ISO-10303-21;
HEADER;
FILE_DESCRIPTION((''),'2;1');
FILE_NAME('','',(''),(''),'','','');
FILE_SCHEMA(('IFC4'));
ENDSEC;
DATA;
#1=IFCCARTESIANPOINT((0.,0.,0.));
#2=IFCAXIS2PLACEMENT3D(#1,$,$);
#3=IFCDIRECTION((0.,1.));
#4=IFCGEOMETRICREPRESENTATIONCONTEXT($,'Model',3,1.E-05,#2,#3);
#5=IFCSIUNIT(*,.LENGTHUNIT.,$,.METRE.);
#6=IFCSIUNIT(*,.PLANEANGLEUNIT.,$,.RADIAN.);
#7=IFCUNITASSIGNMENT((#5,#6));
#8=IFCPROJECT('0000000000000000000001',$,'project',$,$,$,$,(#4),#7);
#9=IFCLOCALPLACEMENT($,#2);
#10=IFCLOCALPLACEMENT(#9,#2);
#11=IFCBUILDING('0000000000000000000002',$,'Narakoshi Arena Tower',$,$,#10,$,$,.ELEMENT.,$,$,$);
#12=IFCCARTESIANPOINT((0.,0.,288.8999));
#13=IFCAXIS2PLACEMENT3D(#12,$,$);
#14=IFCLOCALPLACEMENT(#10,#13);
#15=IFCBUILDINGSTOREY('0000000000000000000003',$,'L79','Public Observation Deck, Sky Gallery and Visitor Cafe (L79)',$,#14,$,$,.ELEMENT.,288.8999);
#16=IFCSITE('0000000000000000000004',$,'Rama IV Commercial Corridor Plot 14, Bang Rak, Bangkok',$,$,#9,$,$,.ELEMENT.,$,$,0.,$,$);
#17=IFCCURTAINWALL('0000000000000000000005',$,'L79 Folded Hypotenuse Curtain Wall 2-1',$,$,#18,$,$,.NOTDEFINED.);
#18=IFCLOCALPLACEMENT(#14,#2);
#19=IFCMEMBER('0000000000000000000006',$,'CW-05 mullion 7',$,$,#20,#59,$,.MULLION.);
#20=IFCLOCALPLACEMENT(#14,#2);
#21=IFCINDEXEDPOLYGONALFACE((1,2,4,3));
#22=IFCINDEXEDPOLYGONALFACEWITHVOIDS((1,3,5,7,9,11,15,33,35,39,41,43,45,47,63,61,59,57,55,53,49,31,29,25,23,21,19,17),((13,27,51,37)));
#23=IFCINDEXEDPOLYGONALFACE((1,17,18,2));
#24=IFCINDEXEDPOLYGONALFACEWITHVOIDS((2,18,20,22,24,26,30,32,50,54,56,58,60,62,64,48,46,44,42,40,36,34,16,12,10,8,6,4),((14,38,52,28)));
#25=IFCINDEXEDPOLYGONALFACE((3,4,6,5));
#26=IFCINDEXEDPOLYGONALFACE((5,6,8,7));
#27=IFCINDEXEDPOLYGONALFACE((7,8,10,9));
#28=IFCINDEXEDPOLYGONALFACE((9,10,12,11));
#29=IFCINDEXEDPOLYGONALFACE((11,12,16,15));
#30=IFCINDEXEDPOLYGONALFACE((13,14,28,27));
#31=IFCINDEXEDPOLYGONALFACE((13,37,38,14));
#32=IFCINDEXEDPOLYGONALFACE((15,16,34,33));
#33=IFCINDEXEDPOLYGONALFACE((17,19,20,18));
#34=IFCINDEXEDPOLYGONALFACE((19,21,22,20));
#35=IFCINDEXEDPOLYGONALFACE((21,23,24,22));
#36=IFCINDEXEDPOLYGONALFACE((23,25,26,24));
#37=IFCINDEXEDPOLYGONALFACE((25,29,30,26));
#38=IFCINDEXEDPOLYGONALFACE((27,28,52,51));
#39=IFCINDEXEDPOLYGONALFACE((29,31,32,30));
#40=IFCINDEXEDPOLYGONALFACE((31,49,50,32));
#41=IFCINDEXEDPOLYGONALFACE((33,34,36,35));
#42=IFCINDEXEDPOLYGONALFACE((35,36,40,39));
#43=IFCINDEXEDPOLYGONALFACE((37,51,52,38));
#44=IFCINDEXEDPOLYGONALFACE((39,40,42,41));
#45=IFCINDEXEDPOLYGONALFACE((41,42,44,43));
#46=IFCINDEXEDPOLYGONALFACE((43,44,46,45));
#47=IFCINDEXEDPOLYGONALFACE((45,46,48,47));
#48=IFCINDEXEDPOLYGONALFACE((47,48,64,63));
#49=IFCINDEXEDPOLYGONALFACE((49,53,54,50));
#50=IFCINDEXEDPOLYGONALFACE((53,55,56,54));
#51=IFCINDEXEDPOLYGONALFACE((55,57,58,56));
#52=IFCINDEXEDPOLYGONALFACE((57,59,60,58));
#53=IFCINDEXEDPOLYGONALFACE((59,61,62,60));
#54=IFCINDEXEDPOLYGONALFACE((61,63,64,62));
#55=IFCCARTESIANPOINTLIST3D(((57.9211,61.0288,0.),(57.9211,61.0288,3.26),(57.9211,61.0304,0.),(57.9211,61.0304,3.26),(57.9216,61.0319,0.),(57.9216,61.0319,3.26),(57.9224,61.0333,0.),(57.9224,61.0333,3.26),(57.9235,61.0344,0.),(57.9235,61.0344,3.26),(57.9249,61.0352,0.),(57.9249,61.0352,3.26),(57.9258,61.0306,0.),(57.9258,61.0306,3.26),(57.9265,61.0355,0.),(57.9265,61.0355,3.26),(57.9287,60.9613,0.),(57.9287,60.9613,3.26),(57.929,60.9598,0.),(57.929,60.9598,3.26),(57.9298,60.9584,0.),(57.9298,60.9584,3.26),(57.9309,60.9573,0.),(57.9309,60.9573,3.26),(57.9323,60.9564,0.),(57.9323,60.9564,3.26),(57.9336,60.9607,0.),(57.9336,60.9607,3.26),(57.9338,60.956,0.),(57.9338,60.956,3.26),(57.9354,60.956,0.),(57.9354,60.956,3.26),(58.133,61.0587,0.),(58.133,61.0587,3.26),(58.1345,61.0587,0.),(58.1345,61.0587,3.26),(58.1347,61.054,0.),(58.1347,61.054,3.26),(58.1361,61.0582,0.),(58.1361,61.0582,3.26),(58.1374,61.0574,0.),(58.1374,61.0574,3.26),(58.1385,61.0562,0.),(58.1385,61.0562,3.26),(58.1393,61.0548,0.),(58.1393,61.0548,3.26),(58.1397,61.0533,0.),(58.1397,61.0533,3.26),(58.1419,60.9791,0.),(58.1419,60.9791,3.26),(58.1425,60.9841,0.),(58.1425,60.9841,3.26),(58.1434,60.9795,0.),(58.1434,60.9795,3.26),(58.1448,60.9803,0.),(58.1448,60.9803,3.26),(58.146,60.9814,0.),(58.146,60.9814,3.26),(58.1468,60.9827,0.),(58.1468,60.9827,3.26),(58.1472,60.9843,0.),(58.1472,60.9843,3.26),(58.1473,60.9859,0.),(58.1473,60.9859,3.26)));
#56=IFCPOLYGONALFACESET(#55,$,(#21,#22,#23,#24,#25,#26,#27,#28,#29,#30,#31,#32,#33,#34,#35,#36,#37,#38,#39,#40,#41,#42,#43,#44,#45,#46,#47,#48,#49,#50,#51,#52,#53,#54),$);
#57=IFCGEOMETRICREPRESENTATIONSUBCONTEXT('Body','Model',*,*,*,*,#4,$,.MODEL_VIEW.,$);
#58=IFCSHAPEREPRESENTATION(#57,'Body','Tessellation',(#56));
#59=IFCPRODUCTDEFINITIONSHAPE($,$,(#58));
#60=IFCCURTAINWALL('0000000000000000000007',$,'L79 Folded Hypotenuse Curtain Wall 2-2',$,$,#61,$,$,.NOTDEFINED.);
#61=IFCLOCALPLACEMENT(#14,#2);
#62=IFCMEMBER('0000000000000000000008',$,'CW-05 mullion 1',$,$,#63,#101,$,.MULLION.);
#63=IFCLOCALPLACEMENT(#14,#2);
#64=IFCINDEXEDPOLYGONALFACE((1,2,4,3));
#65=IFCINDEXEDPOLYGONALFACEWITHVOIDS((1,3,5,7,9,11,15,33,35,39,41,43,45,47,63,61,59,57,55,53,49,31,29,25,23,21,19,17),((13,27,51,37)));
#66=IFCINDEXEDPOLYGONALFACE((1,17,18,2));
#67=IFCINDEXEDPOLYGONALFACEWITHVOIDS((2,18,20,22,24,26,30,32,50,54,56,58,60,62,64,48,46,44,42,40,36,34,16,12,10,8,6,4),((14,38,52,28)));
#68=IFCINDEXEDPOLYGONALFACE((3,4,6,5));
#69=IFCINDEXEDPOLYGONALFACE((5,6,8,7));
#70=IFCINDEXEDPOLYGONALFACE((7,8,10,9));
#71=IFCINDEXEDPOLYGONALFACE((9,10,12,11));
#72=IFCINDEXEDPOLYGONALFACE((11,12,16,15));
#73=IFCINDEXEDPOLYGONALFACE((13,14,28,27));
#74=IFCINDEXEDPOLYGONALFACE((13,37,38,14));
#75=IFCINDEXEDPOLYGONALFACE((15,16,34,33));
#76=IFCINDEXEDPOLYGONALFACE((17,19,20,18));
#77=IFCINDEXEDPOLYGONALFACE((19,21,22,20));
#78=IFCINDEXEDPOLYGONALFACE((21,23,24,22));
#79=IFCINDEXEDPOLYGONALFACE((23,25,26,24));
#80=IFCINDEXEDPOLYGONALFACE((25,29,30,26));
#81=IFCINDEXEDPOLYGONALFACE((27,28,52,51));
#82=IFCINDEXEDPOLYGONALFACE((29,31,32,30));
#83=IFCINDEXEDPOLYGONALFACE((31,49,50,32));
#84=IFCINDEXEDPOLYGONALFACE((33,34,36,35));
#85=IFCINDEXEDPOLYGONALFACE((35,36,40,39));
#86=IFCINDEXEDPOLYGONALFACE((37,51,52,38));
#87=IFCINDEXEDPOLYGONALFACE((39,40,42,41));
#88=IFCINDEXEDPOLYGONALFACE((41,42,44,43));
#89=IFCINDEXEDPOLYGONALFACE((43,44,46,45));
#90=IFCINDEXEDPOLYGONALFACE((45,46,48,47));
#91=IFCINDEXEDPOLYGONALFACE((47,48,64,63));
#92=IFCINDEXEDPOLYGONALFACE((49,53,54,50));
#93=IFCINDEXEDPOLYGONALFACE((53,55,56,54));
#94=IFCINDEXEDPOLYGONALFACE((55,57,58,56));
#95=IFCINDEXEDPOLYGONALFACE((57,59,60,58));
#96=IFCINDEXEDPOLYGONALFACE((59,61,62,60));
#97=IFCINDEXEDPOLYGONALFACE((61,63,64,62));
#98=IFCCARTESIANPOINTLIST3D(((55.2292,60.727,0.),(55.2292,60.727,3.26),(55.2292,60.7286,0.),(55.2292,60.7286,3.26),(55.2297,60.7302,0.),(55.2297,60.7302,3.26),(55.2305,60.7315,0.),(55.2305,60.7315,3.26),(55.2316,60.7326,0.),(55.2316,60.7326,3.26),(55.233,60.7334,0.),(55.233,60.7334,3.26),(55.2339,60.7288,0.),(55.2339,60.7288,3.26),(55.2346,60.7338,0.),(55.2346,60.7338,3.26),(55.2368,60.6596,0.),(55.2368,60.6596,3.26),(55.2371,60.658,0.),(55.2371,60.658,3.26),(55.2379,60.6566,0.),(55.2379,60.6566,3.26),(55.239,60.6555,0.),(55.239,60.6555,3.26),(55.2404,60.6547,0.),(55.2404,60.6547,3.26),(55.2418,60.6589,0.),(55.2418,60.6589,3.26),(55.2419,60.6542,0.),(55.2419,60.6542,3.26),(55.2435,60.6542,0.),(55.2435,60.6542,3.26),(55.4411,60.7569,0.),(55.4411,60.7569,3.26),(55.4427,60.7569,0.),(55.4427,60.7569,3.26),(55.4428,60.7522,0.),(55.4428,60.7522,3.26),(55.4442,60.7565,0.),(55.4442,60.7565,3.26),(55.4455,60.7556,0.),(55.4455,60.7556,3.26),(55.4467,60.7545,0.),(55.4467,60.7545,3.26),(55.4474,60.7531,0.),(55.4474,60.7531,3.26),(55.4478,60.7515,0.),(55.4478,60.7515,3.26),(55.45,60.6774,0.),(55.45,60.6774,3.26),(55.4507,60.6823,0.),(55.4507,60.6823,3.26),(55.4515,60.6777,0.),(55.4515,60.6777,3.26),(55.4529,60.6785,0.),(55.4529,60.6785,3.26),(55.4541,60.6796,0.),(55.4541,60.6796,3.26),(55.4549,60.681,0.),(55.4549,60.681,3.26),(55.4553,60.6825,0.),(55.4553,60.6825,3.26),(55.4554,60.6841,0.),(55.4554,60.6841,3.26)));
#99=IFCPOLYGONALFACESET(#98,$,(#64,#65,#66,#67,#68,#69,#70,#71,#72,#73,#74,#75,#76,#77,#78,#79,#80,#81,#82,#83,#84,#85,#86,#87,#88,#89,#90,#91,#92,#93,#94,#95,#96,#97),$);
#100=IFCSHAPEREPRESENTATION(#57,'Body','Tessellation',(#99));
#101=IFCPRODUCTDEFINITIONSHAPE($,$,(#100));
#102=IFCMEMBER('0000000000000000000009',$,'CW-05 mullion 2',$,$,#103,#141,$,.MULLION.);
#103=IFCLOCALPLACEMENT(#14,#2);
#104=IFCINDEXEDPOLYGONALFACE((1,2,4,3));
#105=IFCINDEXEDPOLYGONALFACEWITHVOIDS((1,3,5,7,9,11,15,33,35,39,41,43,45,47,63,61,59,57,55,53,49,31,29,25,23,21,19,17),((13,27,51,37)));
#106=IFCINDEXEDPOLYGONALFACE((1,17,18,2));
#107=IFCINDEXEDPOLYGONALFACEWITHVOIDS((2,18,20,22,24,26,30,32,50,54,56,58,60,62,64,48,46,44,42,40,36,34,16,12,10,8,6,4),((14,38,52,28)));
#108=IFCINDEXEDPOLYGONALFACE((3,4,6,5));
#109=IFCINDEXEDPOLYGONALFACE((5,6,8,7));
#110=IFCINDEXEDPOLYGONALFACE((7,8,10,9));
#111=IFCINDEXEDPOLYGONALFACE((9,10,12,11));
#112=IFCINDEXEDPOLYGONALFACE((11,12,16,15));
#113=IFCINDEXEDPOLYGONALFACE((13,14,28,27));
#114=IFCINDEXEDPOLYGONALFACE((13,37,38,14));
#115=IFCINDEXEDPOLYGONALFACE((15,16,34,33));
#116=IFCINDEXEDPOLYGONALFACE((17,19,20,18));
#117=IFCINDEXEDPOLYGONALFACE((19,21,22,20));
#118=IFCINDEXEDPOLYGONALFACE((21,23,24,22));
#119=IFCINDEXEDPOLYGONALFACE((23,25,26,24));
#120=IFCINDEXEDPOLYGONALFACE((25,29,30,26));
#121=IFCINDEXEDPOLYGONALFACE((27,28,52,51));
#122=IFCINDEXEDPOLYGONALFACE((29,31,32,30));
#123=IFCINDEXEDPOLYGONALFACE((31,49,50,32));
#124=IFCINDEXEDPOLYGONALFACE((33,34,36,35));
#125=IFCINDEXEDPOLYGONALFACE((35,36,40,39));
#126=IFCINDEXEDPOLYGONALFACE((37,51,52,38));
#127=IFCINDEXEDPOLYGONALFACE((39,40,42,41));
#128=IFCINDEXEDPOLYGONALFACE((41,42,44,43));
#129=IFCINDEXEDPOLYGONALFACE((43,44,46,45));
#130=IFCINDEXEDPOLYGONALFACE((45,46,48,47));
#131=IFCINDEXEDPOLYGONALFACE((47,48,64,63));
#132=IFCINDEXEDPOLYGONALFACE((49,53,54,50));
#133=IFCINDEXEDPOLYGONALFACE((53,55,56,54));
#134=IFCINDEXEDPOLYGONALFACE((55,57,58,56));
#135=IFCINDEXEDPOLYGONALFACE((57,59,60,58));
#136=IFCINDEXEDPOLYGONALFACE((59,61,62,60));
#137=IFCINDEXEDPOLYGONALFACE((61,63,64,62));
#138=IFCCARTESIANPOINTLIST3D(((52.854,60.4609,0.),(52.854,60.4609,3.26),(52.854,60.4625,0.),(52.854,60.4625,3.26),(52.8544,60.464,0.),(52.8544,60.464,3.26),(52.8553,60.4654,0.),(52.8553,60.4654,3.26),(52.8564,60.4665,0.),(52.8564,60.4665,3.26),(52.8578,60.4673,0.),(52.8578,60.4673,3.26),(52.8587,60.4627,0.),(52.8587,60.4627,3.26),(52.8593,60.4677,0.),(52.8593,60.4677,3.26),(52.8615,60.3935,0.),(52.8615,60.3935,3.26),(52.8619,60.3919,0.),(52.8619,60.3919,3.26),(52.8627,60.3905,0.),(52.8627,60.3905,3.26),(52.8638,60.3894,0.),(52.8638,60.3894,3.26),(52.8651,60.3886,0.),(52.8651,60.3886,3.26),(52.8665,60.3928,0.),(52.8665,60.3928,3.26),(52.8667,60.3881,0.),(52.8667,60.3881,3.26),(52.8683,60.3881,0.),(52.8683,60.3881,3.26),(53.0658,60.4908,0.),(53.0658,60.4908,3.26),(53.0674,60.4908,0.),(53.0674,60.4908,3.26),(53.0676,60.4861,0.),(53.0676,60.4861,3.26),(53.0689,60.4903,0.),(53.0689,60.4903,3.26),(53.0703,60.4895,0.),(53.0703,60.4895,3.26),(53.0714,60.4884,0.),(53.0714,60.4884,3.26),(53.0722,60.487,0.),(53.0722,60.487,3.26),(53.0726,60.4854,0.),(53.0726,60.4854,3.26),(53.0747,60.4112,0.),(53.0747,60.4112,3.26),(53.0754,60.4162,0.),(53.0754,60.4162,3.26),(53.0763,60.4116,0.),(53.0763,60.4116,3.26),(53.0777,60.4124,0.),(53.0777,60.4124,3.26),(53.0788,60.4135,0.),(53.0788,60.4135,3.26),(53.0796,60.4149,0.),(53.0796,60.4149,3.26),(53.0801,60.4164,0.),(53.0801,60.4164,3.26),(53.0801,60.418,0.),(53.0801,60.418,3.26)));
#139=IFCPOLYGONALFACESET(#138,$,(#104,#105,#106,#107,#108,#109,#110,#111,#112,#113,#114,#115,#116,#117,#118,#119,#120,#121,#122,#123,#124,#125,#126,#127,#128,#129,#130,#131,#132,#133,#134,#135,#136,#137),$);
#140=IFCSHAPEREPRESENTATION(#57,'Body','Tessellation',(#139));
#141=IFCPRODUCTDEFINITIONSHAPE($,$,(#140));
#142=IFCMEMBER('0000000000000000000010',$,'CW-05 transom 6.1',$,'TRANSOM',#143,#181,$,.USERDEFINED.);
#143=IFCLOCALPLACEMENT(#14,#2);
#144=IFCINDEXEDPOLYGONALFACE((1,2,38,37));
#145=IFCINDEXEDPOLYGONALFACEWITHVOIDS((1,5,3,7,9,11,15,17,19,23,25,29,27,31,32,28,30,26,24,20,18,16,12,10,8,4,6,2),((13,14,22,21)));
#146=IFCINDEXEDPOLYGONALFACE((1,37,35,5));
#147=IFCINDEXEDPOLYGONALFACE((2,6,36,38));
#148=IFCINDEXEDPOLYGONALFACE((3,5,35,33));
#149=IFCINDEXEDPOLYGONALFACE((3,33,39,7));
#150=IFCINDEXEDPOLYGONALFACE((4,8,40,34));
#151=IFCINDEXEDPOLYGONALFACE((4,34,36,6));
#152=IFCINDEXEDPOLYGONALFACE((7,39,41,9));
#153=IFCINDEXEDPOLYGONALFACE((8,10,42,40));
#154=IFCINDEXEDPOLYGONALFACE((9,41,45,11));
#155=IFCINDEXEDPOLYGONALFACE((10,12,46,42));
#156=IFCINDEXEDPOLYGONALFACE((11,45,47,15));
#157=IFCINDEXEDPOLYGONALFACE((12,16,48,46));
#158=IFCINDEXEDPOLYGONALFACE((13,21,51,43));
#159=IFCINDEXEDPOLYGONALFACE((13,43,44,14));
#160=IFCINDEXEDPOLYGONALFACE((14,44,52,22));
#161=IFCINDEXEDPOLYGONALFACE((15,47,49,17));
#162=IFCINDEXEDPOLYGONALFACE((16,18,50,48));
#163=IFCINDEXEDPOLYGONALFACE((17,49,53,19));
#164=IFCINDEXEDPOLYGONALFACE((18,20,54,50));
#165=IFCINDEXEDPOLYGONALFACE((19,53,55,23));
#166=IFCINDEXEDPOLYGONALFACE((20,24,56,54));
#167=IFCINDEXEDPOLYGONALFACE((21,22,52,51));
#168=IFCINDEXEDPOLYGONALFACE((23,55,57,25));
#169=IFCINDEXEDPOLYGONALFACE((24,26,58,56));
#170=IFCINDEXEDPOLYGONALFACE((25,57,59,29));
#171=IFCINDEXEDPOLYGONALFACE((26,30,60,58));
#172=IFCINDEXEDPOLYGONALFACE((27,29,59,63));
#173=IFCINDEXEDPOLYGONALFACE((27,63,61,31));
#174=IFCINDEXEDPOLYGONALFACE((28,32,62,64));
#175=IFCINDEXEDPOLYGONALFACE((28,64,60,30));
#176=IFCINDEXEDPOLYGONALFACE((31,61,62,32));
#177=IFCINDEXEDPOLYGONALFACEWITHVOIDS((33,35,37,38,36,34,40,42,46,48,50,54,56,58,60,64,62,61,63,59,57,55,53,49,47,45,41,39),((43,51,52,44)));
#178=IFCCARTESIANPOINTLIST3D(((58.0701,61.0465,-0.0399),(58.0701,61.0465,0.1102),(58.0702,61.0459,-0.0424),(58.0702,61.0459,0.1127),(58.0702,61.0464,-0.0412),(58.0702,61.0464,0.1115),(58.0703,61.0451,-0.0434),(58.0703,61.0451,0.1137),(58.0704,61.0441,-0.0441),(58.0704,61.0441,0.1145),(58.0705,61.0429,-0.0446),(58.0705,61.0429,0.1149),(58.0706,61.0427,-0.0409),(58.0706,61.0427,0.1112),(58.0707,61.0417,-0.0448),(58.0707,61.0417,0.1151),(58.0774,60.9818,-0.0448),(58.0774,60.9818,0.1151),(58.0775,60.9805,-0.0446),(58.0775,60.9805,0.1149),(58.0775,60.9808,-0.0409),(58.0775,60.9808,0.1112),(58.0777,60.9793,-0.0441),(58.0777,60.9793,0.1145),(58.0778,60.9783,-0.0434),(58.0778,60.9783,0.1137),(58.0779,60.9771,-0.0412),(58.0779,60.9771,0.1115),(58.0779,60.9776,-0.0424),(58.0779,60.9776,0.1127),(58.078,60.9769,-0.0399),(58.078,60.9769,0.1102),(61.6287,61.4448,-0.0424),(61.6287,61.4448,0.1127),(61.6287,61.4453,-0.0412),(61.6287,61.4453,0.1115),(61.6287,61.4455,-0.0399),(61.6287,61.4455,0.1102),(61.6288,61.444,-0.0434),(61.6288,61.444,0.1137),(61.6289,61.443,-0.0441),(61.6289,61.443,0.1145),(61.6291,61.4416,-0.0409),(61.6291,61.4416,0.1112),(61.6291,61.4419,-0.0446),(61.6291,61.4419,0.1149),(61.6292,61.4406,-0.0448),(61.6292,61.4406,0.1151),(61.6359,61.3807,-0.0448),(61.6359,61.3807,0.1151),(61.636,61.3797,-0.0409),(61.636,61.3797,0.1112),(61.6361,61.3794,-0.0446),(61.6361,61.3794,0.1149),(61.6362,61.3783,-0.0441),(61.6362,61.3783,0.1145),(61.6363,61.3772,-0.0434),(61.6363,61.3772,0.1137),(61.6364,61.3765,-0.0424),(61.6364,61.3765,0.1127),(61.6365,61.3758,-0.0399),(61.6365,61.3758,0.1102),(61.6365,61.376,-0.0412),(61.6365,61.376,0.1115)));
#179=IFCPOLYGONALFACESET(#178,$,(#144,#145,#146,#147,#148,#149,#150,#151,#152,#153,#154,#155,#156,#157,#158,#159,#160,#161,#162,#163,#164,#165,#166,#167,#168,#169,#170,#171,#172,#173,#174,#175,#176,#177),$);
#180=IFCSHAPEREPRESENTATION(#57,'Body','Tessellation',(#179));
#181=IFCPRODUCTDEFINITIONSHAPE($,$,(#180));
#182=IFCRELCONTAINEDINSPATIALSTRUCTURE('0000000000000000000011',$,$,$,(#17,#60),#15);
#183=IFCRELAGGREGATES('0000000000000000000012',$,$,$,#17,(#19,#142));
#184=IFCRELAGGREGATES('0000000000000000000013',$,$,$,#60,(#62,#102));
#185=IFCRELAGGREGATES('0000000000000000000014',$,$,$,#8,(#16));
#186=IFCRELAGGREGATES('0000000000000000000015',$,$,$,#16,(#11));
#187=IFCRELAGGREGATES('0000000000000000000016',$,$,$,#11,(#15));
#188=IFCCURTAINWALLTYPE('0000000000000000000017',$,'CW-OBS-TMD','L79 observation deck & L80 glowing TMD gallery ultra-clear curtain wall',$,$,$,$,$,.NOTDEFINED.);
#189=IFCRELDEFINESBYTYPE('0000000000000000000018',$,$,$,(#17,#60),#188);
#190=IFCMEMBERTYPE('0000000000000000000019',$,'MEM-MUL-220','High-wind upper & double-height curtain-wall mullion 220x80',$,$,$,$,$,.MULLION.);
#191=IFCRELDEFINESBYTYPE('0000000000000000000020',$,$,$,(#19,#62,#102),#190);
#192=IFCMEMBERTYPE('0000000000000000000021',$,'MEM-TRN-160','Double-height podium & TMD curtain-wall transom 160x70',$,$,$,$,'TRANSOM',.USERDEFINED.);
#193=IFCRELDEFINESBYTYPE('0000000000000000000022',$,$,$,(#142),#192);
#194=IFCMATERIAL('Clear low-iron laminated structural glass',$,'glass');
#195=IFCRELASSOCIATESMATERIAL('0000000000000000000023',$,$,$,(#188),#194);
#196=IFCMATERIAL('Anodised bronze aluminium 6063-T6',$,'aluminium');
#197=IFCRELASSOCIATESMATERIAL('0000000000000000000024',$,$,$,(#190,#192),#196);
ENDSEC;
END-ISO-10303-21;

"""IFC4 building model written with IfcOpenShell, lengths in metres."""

from ifc_helpers import new_model, si_unit, direction, frame, origin, origin_2d, place, context, subcontext, project, spatial, hollow_rectangle, extrude, material, material_profile, profile_set, type_object, element, aggregate, save


model = new_model("IFC4")

# Units and contexts
model_context = context("Model", 3, precision=1e-05, world=origin(), true_north=direction((0.0, 1.0)))
body_context = subcontext(model_context, "Body", "Model", "MODEL_VIEW")
ifc_project = project(units=[si_unit("LENGTHUNIT", "METRE"), si_unit("PLANEANGLEUNIT", "RADIAN")], contexts=[model_context])

# Site, building, storey
site_placement = place(None, origin())
site = spatial("IfcSite", under=ifc_project, at=site_placement, Name="Rama IV Commercial Corridor Plot 14, Bang Rak, Bangkok", CompositionType="ELEMENT", RefElevation=0.0)
building_placement = place(site_placement, origin())
building = spatial("IfcBuilding", under=site, at=building_placement, Name="Narakoshi Arena Tower", CompositionType="ELEMENT")
storey_placement = place(building_placement, frame((0.0, 0.0, 288.8999)))
storey = spatial("IfcBuildingStorey", under=building, at=storey_placement, Name="L79", Description="Public Observation Deck, Sky Gallery and Visitor Cafe (L79)", CompositionType="ELEMENT", Elevation=288.8999)

# Curtain wall, member
ifc_material_1 = material(Name="Clear low-iron laminated structural glass", Category="glass")
curtain_wall_type = type_object("IfcCurtainWallType", Name="CW-OBS-TMD", Description="L79 observation deck & L80 glowing TMD gallery ultra-clear curtain wall", PredefinedType="NOTDEFINED", material=ifc_material_1)
curtain_wall_1_placement = place(storey_placement, origin())
curtain_wall_1 = element("IfcCurtainWall", 1, at=curtain_wall_1_placement, inside=storey, type_object=curtain_wall_type, Name="L79 Folded Hypotenuse Curtain Wall 2-1", PredefinedType="NOTDEFINED")
ifc_material_2 = material(Name="Anodised bronze aluminium 6063-T6", Category="aluminium")
ifc_material_profile_1 = material_profile(ifc_material_2, hollow_rectangle(XDim=0.0801, YDim=0.22, WallThickness=0.0049, OuterFilletRadius=0.0061, at=origin_2d()), Name="MUL220x80x5")
ifc_profile_set_1 = profile_set([ifc_material_profile_1], Name="Anodised bronze aluminium 6063-T6")
member_type_1 = type_object("IfcMemberType", Name="MEM-MUL-220", Description="High-wind upper & double-height curtain-wall mullion 220x80", PredefinedType="MULLION", material=ifc_profile_set_1)
member_1_placement = place(storey_placement, frame((58.0342, 61.0073, 0.0), z_axis=(0.0, 0.0, 1.0), x_axis=(0.111397, -0.993776, 0.0)))
member_1 = element("IfcMember", 2, at=member_1_placement, type_object=member_type_1, Name="CW-05 mullion 7", PredefinedType="MULLION", context=body_context, shape_type="SweptSolid", body=[
    extrude(hollow_rectangle(XDim=0.0801, YDim=0.22, WallThickness=0.0049, OuterFilletRadius=0.0061, at=origin_2d()), origin(), (0.0, 0.0, 1.0), 3.26),
])

# Curtain wall, members
curtain_wall_2_placement = place(storey_placement, origin())
curtain_wall_2 = element("IfcCurtainWall", 3, at=curtain_wall_2_placement, inside=storey, type_object=curtain_wall_type, Name="L79 Folded Hypotenuse Curtain Wall 2-2", PredefinedType="NOTDEFINED")
member_2_placement = place(storey_placement, frame((55.3423, 60.7056, 0.0), z_axis=(0.0, 0.0, 1.0), x_axis=(0.111418, -0.993774, 0.0)))
member_2 = element("IfcMember", 4, at=member_2_placement, type_object=member_type_1, Name="CW-05 mullion 1", PredefinedType="MULLION", context=body_context, shape_type="SweptSolid", body=[
    extrude(hollow_rectangle(XDim=0.0801, YDim=0.22, WallThickness=0.0049, OuterFilletRadius=0.0061, at=origin_2d()), origin(), (0.0, 0.0, 1.0), 3.26),
])
member_3_placement = place(storey_placement, frame((52.967, 60.4395, 0.0), z_axis=(0.0, 0.0, 1.0), x_axis=(0.111418, -0.993774, 0.0)))
member_3 = element("IfcMember", 5, at=member_3_placement, type_object=member_type_1, Name="CW-05 mullion 2", PredefinedType="MULLION", context=body_context, shape_type="SweptSolid", body=[
    extrude(hollow_rectangle(XDim=0.0801, YDim=0.22, WallThickness=0.0049, OuterFilletRadius=0.0061, at=origin_2d()), origin(), (0.0, 0.0, 1.0), 3.26),
])

# Member
ifc_material_profile_2 = material_profile(ifc_material_2, hollow_rectangle(XDim=0.0701, YDim=0.1599, WallThickness=0.0039, OuterFilletRadius=0.0049, at=origin_2d()), Name="TRN160x70x4")
ifc_profile_set_2 = profile_set([ifc_material_profile_2], Name="Anodised bronze aluminium 6063-T6")
member_type_2 = type_object("IfcMemberType", Name="MEM-TRN-160", Description="Double-height podium & TMD curtain-wall transom 160x70", ElementType="TRANSOM", PredefinedType="USERDEFINED", material=ifc_profile_set_2)
member_4_placement = place(storey_placement, frame((61.6326, 61.4106, 0.0352), z_axis=(-0.993775, -0.111404, 0.0), x_axis=(0.111404, -0.993775, 0.0)))
member_4 = element("IfcMember", 6, at=member_4_placement, type_object=member_type_2, Name="CW-05 transom 6.1", ObjectType="TRANSOM", PredefinedType="USERDEFINED", context=body_context, shape_type="SweptSolid", body=[
    extrude(hollow_rectangle(XDim=0.0701, YDim=0.1599, WallThickness=0.0039, OuterFilletRadius=0.0049, at=origin_2d()), origin(), (0.0, 0.0, 1.0), 3.5808),
])

aggregate(curtain_wall_1, [member_1, member_4])
aggregate(curtain_wall_2, [member_2, member_3])

save(model, "model.ifc")
